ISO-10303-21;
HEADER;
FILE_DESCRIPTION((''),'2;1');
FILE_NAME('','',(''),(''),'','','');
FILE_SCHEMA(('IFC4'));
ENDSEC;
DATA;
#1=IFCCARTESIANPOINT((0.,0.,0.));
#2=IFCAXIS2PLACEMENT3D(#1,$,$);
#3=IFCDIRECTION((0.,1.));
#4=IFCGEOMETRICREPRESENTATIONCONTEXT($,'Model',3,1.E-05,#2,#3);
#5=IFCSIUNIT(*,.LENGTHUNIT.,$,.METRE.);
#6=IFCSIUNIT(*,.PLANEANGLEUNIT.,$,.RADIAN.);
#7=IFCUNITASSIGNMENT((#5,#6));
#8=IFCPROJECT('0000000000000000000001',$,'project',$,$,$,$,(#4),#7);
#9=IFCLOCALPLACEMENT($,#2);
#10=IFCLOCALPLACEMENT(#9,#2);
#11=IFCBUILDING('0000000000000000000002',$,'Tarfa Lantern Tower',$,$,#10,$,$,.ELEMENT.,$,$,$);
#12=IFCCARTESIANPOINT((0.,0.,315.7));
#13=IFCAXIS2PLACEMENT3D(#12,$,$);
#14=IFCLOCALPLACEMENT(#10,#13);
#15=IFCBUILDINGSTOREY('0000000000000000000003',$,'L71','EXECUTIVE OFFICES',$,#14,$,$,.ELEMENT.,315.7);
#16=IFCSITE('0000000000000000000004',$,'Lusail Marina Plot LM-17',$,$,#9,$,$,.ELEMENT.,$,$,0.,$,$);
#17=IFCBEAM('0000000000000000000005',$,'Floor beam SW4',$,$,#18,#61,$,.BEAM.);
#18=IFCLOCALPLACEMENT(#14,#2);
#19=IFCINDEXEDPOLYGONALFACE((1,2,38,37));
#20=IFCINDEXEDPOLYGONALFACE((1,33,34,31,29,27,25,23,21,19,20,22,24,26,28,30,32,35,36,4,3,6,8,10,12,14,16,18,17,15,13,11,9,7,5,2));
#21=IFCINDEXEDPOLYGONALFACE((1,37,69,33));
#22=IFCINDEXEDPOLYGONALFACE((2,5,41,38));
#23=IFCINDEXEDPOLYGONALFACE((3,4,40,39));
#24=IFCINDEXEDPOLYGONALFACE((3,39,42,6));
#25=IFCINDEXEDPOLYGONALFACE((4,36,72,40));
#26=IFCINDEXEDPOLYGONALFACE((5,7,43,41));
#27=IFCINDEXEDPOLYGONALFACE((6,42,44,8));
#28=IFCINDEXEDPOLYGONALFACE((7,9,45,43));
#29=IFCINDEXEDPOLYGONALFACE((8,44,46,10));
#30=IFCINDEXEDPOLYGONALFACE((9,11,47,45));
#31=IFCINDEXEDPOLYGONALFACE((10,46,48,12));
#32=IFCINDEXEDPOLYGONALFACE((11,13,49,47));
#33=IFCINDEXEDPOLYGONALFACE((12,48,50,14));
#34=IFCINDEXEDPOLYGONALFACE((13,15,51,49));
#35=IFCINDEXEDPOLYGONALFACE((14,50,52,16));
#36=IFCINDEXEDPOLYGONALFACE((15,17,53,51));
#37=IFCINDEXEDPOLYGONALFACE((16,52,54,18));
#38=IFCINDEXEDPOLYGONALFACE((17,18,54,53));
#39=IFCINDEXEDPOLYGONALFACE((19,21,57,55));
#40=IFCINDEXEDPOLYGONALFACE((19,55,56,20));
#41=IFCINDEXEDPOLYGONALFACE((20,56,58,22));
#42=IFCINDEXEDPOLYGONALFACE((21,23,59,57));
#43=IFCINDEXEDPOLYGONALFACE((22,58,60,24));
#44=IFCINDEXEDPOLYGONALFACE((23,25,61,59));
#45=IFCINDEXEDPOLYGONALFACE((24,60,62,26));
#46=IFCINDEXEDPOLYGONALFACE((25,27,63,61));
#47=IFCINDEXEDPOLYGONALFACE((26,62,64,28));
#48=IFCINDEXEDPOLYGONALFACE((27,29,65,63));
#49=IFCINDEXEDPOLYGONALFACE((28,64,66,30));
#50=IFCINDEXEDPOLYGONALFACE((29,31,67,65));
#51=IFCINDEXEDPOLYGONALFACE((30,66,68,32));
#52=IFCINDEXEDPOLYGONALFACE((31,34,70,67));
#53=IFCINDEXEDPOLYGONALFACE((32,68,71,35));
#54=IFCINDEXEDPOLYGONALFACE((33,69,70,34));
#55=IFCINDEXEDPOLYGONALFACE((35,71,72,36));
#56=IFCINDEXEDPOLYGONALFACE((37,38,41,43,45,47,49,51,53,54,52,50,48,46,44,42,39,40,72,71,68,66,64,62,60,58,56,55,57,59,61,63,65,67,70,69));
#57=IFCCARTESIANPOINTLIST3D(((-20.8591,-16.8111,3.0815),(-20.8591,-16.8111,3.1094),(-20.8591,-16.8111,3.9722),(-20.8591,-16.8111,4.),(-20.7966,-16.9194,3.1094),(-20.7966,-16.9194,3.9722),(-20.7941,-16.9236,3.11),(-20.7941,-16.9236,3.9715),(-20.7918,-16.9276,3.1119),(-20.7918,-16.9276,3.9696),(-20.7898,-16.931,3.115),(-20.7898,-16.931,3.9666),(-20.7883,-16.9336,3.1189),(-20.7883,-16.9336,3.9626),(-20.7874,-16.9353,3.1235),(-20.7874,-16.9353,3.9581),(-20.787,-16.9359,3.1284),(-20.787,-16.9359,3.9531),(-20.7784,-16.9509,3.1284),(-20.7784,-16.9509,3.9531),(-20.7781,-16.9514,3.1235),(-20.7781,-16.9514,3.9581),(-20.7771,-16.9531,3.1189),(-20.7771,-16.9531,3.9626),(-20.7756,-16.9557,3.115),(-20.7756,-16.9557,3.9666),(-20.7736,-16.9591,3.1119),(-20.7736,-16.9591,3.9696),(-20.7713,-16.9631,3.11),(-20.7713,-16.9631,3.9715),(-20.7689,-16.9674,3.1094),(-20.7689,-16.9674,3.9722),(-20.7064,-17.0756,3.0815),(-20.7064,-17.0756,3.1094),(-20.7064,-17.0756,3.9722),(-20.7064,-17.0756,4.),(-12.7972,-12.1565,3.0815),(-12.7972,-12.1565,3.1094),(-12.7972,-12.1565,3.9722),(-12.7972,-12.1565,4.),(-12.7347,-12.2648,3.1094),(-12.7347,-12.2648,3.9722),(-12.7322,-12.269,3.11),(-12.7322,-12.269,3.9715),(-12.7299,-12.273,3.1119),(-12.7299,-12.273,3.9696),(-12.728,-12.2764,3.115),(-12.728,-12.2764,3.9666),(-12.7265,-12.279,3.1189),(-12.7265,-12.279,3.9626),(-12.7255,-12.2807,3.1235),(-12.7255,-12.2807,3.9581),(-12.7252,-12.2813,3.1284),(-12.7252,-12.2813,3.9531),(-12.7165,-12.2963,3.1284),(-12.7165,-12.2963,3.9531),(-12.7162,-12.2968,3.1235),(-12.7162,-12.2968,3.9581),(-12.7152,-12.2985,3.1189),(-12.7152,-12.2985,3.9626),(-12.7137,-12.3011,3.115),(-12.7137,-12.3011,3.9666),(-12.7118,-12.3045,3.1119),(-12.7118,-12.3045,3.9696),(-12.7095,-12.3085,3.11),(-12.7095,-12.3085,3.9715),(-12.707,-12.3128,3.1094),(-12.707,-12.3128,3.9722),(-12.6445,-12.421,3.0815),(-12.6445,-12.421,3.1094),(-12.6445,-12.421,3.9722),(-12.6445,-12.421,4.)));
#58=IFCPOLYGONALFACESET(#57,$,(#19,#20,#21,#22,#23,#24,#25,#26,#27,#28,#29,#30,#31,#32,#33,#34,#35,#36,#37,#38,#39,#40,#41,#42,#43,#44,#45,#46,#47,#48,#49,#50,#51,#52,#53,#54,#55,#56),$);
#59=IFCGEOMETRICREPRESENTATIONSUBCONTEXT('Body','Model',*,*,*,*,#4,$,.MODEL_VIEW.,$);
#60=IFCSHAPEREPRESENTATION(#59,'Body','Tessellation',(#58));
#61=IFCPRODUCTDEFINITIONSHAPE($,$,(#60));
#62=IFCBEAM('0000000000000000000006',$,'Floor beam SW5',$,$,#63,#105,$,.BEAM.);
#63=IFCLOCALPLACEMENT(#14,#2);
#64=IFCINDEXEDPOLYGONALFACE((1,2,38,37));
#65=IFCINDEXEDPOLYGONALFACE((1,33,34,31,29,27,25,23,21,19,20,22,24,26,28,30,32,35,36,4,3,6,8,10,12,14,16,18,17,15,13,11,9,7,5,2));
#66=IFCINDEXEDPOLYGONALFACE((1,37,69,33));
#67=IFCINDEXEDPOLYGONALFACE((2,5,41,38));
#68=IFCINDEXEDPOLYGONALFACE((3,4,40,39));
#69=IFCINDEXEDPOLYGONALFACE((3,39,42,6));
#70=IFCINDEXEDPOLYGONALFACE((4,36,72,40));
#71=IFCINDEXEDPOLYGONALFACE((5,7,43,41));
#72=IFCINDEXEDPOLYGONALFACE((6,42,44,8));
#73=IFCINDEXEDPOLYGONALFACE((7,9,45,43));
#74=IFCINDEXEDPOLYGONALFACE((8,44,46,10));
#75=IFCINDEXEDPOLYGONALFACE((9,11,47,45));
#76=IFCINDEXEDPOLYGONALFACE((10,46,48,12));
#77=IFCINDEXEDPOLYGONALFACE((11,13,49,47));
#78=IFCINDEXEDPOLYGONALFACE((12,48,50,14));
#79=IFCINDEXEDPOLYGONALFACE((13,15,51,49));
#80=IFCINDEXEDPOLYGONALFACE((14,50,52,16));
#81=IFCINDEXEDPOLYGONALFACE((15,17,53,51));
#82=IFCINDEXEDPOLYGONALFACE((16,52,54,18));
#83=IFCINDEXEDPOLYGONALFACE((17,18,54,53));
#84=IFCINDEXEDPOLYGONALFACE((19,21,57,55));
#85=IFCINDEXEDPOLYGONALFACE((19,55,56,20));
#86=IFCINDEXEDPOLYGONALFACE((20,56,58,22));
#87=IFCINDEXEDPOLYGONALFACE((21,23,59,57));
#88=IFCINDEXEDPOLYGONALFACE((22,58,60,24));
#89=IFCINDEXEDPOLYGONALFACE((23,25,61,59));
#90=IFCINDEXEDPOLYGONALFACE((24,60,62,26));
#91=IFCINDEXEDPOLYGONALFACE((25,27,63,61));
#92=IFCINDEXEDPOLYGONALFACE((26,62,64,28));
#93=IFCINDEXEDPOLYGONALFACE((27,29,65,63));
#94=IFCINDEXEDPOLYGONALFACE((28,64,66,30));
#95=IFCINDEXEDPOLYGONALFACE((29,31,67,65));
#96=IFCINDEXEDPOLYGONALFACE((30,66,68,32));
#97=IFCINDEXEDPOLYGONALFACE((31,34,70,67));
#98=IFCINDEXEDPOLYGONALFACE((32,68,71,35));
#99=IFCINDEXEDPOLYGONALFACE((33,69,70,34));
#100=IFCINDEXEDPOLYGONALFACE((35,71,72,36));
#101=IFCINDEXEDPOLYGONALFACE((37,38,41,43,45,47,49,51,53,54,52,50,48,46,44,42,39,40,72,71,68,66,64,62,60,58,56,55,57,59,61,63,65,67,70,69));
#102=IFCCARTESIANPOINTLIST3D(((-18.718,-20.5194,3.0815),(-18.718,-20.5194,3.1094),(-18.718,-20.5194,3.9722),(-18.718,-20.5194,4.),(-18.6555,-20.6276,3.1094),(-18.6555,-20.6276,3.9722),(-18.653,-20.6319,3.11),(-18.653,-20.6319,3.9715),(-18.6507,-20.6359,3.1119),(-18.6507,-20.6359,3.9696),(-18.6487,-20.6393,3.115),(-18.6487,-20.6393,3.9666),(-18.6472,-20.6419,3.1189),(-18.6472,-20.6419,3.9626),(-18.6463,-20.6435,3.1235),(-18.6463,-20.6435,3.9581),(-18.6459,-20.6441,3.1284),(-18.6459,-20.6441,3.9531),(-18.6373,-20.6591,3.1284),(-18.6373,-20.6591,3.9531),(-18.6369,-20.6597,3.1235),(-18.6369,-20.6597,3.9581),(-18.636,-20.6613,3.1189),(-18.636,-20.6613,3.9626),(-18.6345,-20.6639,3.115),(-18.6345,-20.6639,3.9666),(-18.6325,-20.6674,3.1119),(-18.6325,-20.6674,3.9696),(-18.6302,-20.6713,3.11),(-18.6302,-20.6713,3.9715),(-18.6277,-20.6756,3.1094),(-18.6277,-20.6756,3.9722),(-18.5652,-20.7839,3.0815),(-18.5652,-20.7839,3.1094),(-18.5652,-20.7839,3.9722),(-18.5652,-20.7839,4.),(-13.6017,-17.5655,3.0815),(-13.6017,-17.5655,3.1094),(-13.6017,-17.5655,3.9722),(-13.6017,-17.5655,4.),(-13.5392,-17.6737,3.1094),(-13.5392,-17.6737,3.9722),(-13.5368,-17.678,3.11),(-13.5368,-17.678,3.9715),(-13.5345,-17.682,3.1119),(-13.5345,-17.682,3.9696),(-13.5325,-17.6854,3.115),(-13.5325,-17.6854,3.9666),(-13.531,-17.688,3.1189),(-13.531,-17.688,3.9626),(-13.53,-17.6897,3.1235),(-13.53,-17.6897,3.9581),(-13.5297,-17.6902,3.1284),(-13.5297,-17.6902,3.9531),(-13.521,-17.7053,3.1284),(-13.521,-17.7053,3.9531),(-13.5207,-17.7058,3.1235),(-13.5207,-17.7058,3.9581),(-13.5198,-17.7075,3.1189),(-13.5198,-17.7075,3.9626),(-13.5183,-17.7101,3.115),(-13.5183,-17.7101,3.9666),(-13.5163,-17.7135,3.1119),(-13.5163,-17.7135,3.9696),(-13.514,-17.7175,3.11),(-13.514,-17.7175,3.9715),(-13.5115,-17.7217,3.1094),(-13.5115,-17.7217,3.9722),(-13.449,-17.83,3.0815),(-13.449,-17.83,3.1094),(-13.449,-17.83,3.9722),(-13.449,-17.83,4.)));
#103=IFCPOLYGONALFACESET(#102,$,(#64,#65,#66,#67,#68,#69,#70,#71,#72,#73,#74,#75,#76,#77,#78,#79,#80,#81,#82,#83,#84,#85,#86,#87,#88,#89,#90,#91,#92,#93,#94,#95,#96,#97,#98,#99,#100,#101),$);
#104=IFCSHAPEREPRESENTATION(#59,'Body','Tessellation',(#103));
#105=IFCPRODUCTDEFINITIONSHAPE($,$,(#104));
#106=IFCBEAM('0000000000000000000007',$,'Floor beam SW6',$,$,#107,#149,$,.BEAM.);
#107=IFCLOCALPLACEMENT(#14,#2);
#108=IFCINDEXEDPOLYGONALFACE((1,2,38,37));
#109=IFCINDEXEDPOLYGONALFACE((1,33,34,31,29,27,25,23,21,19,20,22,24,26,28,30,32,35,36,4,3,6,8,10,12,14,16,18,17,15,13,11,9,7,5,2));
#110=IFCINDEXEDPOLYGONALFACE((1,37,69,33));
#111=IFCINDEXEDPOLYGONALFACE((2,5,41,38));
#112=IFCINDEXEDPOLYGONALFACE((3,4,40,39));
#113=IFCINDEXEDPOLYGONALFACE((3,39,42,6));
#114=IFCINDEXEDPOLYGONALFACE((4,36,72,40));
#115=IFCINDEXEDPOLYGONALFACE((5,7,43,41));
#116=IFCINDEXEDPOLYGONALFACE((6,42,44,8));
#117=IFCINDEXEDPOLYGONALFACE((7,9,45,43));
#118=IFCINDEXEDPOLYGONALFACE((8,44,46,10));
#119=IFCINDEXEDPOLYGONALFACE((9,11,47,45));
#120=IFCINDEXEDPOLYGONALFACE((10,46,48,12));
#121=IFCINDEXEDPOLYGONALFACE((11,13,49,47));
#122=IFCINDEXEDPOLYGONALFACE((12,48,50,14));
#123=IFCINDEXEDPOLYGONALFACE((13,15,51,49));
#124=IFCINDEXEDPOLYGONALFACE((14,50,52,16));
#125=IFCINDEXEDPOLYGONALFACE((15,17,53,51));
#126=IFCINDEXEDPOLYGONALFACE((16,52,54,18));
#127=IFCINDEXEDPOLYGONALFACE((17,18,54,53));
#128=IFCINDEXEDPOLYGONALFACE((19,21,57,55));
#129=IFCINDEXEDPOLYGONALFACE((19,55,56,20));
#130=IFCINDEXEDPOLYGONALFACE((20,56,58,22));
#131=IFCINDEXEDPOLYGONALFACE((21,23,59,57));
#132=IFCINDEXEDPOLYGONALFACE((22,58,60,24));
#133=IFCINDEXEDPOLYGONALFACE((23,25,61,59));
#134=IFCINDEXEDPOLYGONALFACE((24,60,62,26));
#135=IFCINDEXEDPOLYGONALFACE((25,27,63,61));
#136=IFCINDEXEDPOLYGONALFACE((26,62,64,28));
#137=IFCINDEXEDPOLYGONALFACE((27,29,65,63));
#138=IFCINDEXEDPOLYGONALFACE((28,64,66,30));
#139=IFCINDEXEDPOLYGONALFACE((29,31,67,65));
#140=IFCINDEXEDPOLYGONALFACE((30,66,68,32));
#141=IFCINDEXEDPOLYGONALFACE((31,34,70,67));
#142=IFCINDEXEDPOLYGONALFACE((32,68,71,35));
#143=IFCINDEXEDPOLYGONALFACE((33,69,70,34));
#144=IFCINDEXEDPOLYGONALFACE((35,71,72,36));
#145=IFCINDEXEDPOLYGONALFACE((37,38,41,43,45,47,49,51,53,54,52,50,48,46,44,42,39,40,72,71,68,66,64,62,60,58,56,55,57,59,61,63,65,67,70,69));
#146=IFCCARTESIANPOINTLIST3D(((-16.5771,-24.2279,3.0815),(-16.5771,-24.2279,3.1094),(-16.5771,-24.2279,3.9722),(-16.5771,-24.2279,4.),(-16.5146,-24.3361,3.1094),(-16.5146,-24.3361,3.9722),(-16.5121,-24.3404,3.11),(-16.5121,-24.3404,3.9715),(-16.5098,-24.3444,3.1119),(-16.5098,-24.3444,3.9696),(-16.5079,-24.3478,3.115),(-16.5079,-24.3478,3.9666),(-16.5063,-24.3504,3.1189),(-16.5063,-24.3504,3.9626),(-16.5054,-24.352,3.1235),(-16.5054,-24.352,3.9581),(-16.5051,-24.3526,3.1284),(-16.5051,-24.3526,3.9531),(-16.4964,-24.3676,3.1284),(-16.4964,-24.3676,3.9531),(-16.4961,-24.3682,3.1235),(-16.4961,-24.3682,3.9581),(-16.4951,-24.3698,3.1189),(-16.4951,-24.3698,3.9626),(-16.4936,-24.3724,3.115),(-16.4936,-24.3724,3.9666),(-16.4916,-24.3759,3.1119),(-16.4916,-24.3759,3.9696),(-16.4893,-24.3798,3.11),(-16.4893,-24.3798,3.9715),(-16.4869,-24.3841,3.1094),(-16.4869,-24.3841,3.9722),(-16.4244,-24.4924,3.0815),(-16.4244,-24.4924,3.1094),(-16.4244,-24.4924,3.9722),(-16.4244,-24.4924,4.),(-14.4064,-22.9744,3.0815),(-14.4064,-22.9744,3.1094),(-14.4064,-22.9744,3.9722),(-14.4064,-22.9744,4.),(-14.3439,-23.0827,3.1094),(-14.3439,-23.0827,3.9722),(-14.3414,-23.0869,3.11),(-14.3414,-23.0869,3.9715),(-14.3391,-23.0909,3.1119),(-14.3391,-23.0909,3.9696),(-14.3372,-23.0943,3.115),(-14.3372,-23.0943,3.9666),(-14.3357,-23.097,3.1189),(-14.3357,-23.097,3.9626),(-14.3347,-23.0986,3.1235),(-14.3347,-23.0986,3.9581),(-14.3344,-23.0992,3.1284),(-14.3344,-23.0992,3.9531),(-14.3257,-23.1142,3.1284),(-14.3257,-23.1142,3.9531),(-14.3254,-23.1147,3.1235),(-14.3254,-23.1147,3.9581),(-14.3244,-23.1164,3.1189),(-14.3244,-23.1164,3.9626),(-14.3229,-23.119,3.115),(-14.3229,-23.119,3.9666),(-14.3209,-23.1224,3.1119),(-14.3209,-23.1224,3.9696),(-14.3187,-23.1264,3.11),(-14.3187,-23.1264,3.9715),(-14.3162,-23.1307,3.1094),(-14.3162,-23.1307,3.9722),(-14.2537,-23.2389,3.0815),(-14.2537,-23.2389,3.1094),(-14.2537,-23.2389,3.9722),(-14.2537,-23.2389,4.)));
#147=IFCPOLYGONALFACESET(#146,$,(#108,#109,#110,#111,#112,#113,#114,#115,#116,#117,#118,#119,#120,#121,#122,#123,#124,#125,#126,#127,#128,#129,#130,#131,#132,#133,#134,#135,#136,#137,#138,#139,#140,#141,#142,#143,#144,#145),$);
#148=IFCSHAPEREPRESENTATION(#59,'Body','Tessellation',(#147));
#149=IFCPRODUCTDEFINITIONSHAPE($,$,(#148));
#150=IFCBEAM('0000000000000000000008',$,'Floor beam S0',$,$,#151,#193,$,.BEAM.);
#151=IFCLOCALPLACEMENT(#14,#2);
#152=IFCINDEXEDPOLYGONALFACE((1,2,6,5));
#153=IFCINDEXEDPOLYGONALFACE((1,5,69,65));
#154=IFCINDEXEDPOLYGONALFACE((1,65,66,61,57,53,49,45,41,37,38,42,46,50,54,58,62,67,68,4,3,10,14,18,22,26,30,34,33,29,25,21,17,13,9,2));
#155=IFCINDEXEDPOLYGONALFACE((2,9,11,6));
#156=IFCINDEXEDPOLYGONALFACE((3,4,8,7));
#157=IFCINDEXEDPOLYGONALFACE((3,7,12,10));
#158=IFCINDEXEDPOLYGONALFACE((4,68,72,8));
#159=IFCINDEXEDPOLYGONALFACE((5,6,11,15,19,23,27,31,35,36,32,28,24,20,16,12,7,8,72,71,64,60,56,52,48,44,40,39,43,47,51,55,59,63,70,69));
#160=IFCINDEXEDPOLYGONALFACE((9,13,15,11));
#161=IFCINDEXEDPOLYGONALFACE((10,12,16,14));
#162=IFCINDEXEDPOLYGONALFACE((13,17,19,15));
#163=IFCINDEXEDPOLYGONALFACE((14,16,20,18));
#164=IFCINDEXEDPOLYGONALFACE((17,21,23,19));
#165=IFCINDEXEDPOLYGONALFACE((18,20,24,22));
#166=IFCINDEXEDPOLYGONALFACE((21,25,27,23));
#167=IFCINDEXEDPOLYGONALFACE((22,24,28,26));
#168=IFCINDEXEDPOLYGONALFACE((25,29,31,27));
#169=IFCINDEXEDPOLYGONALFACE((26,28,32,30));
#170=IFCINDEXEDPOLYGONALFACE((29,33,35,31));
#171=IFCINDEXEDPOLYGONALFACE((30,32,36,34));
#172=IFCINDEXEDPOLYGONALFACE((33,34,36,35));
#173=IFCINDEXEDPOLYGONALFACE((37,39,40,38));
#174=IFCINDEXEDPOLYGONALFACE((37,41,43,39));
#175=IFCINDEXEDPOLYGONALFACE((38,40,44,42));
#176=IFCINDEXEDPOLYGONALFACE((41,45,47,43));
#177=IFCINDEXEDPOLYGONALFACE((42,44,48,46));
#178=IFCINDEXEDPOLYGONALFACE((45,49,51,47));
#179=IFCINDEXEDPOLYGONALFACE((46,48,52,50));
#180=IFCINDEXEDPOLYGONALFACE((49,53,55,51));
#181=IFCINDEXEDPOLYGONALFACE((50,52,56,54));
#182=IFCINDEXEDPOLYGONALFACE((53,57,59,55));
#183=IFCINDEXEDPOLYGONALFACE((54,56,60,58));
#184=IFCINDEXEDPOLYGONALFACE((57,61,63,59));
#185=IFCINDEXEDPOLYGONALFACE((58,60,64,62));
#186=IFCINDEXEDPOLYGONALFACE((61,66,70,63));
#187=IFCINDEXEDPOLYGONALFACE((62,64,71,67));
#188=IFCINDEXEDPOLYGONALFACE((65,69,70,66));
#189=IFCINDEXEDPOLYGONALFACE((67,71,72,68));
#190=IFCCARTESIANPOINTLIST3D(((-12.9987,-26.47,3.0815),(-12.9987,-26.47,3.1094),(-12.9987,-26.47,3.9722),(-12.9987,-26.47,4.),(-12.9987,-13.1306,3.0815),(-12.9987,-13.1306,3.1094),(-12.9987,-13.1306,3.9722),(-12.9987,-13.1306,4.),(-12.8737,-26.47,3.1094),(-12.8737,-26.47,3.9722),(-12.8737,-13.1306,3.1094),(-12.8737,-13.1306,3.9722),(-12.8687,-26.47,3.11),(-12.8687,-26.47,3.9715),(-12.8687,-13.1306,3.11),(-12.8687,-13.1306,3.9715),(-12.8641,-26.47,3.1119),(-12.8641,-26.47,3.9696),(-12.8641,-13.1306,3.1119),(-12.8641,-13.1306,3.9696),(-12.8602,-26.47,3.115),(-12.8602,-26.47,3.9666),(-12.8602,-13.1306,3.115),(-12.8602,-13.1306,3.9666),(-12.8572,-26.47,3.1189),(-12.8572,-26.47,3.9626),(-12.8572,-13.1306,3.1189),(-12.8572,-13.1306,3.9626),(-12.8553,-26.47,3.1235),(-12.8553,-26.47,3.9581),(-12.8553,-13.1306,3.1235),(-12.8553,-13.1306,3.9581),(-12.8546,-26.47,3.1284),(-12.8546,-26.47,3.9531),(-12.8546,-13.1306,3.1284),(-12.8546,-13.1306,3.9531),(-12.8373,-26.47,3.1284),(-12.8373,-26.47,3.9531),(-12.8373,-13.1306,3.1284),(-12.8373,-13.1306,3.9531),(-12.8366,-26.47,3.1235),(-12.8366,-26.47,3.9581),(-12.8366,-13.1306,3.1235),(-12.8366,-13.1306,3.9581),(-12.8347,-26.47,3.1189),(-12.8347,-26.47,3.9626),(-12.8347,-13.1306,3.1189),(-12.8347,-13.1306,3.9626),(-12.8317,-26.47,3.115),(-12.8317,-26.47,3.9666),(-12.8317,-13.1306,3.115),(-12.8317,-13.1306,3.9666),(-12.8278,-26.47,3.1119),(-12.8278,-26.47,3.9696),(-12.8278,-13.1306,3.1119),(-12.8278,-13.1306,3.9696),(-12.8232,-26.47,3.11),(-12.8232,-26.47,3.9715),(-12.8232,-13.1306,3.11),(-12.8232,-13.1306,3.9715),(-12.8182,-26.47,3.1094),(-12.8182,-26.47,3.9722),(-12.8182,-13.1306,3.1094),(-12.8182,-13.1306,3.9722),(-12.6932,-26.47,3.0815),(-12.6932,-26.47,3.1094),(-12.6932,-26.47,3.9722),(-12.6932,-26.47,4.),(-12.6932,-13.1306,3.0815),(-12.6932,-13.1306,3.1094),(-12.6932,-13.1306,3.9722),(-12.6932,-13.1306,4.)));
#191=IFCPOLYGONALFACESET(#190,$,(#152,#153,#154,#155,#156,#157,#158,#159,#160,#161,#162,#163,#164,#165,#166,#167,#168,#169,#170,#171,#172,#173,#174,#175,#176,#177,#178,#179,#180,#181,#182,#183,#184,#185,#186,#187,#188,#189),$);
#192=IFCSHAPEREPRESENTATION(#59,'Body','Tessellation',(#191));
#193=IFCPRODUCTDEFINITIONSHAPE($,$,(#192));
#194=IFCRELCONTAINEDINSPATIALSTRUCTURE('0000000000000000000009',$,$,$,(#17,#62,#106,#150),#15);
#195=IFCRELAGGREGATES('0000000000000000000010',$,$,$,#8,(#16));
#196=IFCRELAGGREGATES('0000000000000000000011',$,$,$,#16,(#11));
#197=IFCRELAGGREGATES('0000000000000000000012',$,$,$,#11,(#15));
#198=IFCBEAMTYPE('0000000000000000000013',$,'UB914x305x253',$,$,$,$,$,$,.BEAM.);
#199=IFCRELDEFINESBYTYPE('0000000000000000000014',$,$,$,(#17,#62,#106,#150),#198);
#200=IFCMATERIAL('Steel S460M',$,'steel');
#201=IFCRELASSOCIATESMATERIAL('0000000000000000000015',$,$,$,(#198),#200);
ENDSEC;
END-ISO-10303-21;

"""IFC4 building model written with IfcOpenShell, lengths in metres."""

from ifc_helpers import new_model, si_unit, direction, frame, origin, origin_2d, place, context, subcontext, project, spatial, i_section, extrude, material, material_profile, profile_set, type_object, element, save


model = new_model("IFC4")

# Units and contexts
model_context = context("Model", 3, precision=1e-05, world=origin(), true_north=direction((0.0, 1.0)))
body_context = subcontext(model_context, "Body", "Model", "MODEL_VIEW")
ifc_project = project(units=[si_unit("LENGTHUNIT", "METRE"), si_unit("PLANEANGLEUNIT", "RADIAN")], contexts=[model_context])

# Site, building, storey
site_placement = place(None, origin())
site = spatial("IfcSite", under=ifc_project, at=site_placement, Name="Lusail Marina Plot LM-17", CompositionType="ELEMENT", RefElevation=0.0)
building_placement = place(site_placement, origin())
building = spatial("IfcBuilding", under=site, at=building_placement, Name="Tarfa Lantern Tower", CompositionType="ELEMENT")
storey_placement = place(building_placement, frame((0.0, 0.0, 315.7)))
storey = spatial("IfcBuildingStorey", under=building, at=storey_placement, Name="L71", Description="EXECUTIVE OFFICES", CompositionType="ELEMENT", Elevation=315.7)

# Beams
ifc_material_1 = material(Name="Steel S460M", Category="steel")
ifc_material_profile_1 = material_profile(ifc_material_1, i_section(OverallWidth=0.3054, OverallDepth=0.9185, WebThickness=0.0173, FlangeThickness=0.0278, FilletRadius=0.019, at=origin_2d()), Name="UB914x305x253")
ifc_profile_set_1 = profile_set([ifc_material_profile_1], Name="Steel S460M")
beam_type_1 = type_object("IfcBeamType", Name="UB914x305x253", PredefinedType="BEAM", material=ifc_profile_set_1)
beam_1_placement = place(storey_placement, frame((-20.7827, -16.9434, 3.5408), z_axis=(0.866022, 0.500006, 0.0), x_axis=(-0.500006, 0.866022, 0.0)))
element("IfcBeam", 1, at=beam_1_placement, inside=storey, type_object=beam_type_1, Name="Floor beam SW4", PredefinedType="BEAM", context=body_context, shape_type="SweptSolid", body=[
    extrude(i_section(OverallWidth=0.3054, OverallDepth=0.9185, WebThickness=0.0173, FlangeThickness=0.0278, FilletRadius=0.019, at=origin_2d()), origin(), (0.0, 0.0, 1.0), 9.3091),
])
beam_2_placement = place(storey_placement, frame((-18.6416, -20.6516, 3.5408), z_axis=(0.866025, 0.500001, 0.0), x_axis=(-0.500001, 0.866025, 0.0)))
element("IfcBeam", 2, at=beam_2_placement, inside=storey, type_object=beam_type_1, Name="Floor beam SW5", PredefinedType="BEAM", context=body_context, shape_type="SweptSolid", body=[
    extrude(i_section(OverallWidth=0.3054, OverallDepth=0.9185, WebThickness=0.0173, FlangeThickness=0.0278, FilletRadius=0.019, at=origin_2d()), origin(), (0.0, 0.0, 1.0), 5.9077),
])
beam_3_placement = place(storey_placement, frame((-16.5007, -24.3601, 3.5408), z_axis=(0.865993, 0.500057, 0.0), x_axis=(-0.500057, 0.865993, 0.0)))
element("IfcBeam", 3, at=beam_3_placement, inside=storey, type_object=beam_type_1, Name="Floor beam SW6", PredefinedType="BEAM", context=body_context, shape_type="SweptSolid", body=[
    extrude(i_section(OverallWidth=0.3054, OverallDepth=0.9185, WebThickness=0.0173, FlangeThickness=0.0278, FilletRadius=0.019, at=origin_2d()), origin(), (0.0, 0.0, 1.0), 2.5066),
])
beam_4_placement = place(storey_placement, frame((-12.8459, -26.47, 3.5408), z_axis=(0.0, 1.0, 0.0), x_axis=(-1.0, 0.0, 0.0)))
element("IfcBeam", 4, at=beam_4_placement, inside=storey, type_object=beam_type_1, Name="Floor beam S0", PredefinedType="BEAM", context=body_context, shape_type="SweptSolid", body=[
    extrude(i_section(OverallWidth=0.3054, OverallDepth=0.9185, WebThickness=0.0173, FlangeThickness=0.0278, FilletRadius=0.019, at=origin_2d()), origin(), (0.0, 0.0, 1.0), 13.3394),
])

save(model, "model.ifc")
